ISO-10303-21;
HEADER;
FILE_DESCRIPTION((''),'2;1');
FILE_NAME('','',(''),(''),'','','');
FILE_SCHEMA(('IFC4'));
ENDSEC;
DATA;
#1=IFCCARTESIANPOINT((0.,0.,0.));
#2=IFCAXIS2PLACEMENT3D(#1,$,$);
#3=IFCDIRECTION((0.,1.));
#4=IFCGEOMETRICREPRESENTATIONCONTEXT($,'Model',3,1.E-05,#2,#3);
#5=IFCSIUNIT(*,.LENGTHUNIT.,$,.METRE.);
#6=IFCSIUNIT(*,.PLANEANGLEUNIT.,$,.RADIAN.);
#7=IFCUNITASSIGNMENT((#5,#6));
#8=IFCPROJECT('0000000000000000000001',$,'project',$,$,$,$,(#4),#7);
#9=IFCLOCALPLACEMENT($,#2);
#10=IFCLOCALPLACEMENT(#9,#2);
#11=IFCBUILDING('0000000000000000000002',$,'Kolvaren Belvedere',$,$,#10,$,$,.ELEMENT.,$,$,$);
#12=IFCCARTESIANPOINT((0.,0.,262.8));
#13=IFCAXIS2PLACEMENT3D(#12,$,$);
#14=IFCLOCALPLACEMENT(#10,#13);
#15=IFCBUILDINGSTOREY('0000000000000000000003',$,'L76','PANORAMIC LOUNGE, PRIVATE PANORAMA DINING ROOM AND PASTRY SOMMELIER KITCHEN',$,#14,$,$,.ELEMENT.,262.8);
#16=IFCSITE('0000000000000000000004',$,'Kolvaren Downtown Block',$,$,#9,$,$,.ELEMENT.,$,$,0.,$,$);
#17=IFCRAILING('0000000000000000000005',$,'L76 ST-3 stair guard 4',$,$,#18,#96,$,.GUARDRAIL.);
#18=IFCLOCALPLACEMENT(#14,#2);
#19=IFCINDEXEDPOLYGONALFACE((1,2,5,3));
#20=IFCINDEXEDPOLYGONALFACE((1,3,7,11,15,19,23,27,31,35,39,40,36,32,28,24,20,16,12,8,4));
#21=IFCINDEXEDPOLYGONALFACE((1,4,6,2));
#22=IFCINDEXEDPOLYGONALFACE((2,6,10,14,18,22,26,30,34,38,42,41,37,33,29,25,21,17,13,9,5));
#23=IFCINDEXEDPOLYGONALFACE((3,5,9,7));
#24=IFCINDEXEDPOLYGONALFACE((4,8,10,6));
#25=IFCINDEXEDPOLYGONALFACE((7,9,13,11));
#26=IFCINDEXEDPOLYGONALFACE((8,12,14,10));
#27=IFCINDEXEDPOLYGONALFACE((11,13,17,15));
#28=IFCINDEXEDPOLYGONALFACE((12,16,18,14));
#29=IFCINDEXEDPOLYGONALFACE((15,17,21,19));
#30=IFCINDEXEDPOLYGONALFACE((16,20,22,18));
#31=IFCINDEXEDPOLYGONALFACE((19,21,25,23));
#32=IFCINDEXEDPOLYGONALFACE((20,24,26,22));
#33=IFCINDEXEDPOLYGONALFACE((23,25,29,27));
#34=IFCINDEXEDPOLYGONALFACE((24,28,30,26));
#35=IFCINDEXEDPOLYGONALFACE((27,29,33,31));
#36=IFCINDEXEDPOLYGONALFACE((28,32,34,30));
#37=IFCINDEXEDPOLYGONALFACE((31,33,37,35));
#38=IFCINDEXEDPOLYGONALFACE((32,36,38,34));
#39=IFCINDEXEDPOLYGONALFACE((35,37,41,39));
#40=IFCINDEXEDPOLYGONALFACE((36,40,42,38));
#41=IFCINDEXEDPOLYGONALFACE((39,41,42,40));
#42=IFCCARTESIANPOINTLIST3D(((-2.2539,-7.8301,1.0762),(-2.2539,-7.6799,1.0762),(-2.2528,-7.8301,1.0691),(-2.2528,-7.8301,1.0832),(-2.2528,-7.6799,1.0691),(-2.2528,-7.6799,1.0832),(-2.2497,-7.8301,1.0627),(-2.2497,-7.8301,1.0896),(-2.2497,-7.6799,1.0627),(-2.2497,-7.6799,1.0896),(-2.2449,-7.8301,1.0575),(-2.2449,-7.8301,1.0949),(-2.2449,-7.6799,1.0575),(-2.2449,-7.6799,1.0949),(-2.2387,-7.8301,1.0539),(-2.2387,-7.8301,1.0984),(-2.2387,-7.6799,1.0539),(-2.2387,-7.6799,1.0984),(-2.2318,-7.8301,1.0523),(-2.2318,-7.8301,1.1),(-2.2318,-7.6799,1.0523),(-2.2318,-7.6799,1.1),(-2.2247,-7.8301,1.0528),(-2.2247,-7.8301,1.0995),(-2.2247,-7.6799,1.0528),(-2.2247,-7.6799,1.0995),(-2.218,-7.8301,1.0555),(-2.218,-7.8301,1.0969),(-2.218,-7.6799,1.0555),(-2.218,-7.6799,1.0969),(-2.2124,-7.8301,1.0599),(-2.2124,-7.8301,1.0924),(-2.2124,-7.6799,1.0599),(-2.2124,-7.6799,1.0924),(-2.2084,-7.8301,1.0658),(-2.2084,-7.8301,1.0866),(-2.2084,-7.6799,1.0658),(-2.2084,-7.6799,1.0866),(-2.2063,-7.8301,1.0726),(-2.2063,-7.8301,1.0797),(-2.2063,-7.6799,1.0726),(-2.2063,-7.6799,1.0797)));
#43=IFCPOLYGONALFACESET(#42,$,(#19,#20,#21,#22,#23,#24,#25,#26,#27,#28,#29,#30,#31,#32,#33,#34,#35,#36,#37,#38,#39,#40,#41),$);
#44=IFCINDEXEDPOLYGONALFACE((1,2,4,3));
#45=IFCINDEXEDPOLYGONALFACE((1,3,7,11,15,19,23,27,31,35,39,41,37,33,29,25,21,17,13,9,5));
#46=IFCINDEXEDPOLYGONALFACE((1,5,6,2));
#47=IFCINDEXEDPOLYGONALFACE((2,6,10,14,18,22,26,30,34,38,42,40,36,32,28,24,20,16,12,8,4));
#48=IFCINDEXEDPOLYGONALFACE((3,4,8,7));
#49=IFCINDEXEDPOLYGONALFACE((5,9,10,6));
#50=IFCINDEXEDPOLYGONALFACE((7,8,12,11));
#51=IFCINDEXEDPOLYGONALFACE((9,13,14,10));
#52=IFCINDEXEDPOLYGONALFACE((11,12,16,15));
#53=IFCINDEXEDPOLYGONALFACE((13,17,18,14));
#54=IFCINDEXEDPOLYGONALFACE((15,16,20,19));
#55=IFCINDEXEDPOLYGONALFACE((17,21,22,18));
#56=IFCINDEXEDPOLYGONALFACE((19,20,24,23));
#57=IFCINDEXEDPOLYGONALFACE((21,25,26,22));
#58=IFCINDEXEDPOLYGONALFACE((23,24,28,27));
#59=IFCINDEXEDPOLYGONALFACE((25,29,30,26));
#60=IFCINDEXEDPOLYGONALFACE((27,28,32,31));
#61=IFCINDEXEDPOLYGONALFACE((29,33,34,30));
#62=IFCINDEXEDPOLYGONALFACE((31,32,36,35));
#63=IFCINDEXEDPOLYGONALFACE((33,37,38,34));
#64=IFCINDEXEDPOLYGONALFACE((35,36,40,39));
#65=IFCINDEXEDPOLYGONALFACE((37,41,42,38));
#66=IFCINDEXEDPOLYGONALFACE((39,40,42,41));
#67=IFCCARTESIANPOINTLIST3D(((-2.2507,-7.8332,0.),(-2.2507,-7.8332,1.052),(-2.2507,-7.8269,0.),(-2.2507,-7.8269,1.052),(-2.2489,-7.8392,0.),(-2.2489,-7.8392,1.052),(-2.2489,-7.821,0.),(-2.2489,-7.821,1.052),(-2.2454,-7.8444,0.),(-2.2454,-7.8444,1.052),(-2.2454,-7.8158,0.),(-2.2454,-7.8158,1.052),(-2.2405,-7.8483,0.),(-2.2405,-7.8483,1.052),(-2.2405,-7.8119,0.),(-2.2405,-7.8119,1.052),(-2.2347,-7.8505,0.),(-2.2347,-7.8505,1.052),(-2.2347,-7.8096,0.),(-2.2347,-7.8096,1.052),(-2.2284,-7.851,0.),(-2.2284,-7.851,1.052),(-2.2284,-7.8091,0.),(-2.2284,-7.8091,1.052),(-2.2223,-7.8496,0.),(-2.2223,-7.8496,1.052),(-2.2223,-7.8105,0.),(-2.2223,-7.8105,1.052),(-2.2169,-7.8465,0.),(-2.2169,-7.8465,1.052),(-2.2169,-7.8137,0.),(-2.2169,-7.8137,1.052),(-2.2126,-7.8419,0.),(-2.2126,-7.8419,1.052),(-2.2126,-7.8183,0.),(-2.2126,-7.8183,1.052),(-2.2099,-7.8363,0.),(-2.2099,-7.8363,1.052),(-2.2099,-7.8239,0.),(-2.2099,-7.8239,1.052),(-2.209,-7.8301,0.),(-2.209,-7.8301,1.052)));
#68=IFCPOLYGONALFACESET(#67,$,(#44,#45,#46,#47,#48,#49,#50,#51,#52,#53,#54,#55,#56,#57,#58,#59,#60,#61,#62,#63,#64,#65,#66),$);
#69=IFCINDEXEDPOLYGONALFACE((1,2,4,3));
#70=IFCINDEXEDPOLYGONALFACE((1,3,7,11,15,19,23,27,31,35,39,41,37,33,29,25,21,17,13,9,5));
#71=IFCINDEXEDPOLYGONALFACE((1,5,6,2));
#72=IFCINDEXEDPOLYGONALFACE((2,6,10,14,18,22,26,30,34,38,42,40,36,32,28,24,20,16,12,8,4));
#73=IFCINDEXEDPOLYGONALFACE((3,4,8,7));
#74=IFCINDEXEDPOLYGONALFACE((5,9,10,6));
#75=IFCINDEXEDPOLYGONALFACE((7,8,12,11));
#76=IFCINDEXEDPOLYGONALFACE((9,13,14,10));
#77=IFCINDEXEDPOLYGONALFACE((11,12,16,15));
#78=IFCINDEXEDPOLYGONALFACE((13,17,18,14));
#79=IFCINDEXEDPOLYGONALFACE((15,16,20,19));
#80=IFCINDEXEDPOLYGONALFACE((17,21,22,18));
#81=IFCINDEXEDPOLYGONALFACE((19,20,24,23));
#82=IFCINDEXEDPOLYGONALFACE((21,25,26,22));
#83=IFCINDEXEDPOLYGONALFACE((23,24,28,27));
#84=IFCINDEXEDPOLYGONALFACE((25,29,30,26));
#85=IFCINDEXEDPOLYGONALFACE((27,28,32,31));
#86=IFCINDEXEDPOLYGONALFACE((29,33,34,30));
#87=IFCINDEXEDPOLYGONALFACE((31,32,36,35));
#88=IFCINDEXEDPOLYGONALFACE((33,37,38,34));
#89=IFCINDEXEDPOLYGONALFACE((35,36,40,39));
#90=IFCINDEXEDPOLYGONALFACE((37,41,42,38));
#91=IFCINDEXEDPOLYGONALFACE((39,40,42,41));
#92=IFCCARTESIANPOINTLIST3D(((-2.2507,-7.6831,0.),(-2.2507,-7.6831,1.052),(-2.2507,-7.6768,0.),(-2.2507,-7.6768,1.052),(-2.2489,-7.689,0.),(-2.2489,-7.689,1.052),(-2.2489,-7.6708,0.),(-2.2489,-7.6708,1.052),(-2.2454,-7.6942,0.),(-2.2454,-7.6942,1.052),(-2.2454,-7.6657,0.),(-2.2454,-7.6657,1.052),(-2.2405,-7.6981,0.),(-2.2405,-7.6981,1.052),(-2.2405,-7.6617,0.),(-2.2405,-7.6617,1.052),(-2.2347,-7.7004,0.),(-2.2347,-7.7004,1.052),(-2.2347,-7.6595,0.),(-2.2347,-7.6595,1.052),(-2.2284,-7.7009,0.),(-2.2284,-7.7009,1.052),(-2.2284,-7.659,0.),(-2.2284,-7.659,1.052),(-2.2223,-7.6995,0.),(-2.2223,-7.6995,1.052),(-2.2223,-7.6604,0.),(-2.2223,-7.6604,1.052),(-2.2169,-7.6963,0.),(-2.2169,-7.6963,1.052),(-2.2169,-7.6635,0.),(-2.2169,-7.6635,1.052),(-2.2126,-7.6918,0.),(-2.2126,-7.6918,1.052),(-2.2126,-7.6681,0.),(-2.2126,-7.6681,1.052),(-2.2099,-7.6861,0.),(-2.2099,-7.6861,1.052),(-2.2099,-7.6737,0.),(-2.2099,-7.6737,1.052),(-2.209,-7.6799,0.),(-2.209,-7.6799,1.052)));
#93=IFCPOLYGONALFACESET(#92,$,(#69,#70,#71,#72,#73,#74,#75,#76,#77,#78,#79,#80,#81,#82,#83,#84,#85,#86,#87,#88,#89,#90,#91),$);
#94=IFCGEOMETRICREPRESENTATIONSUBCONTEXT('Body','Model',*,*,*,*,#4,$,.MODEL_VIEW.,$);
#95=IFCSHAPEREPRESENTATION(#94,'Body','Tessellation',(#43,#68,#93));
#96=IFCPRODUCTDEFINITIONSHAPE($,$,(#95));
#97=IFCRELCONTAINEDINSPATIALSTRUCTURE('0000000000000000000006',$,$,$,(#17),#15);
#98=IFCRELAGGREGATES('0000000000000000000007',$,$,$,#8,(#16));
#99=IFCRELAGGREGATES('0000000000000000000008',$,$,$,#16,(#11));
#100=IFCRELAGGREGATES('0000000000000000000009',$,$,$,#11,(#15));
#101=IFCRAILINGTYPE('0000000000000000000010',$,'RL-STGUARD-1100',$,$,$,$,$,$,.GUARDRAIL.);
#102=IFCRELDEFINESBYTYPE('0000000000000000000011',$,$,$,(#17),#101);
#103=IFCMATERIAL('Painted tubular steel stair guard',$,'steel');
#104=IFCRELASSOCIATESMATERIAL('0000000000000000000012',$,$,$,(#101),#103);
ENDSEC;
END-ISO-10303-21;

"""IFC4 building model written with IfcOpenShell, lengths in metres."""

from ifc_helpers import new_model, si_unit, direction, frame, origin, origin_2d, place, context, subcontext, project, spatial, circle, extrude, material, type_object, element, save


model = new_model("IFC4")

# Units and contexts
model_context = context("Model", 3, precision=1e-05, world=origin(), true_north=direction((0.0, 1.0)))
body_context = subcontext(model_context, "Body", "Model", "MODEL_VIEW")
ifc_project = project(units=[si_unit("LENGTHUNIT", "METRE"), si_unit("PLANEANGLEUNIT", "RADIAN")], contexts=[model_context])

# Site, building, storey
site_placement = place(None, origin())
site = spatial("IfcSite", under=ifc_project, at=site_placement, Name="Kolvaren Downtown Block", CompositionType="ELEMENT", RefElevation=0.0)
building_placement = place(site_placement, origin())
building = spatial("IfcBuilding", under=site, at=building_placement, Name="Kolvaren Belvedere", CompositionType="ELEMENT")
storey_placement = place(building_placement, frame((0.0, 0.0, 262.8)))
storey = spatial("IfcBuildingStorey", under=building, at=storey_placement, Name="L76", Description="PANORAMIC LOUNGE, PRIVATE PANORAMA DINING ROOM AND PASTRY SOMMELIER KITCHEN", CompositionType="ELEMENT", Elevation=262.8)

# Railing
ifc_material_1 = material(Name="Painted tubular steel stair guard", Category="steel")
railing_type_1 = type_object("IfcRailingType", Name="RL-STGUARD-1100", PredefinedType="GUARDRAIL", material=ifc_material_1)
railing_1_placement = place(storey_placement, frame((-2.23, -7.8301, 0.0)))
element("IfcRailing", 1, at=railing_1_placement, inside=storey, type_object=railing_type_1, Name="L76 ST-3 stair guard 4", PredefinedType="GUARDRAIL", context=body_context, shape_type="SweptSolid", body=[
    extrude(circle(Radius=0.0239, at=origin_2d()), frame((0.0, 0.0, 1.0762), z_axis=(0.0, 1.0, 0.0), x_axis=(-1.0, 0.0, 0.0)), (0.0, 0.0, 1.0), 0.1501),
    extrude(circle(Radius=0.021, at=origin_2d()), origin(), (0.0, 0.0, 1.0), 1.052),
    extrude(circle(Radius=0.021, at=origin_2d()), frame((0.0, 0.1501, 0.0)), (0.0, 0.0, 1.0), 1.052),
])

save(model, "model.ifc")
